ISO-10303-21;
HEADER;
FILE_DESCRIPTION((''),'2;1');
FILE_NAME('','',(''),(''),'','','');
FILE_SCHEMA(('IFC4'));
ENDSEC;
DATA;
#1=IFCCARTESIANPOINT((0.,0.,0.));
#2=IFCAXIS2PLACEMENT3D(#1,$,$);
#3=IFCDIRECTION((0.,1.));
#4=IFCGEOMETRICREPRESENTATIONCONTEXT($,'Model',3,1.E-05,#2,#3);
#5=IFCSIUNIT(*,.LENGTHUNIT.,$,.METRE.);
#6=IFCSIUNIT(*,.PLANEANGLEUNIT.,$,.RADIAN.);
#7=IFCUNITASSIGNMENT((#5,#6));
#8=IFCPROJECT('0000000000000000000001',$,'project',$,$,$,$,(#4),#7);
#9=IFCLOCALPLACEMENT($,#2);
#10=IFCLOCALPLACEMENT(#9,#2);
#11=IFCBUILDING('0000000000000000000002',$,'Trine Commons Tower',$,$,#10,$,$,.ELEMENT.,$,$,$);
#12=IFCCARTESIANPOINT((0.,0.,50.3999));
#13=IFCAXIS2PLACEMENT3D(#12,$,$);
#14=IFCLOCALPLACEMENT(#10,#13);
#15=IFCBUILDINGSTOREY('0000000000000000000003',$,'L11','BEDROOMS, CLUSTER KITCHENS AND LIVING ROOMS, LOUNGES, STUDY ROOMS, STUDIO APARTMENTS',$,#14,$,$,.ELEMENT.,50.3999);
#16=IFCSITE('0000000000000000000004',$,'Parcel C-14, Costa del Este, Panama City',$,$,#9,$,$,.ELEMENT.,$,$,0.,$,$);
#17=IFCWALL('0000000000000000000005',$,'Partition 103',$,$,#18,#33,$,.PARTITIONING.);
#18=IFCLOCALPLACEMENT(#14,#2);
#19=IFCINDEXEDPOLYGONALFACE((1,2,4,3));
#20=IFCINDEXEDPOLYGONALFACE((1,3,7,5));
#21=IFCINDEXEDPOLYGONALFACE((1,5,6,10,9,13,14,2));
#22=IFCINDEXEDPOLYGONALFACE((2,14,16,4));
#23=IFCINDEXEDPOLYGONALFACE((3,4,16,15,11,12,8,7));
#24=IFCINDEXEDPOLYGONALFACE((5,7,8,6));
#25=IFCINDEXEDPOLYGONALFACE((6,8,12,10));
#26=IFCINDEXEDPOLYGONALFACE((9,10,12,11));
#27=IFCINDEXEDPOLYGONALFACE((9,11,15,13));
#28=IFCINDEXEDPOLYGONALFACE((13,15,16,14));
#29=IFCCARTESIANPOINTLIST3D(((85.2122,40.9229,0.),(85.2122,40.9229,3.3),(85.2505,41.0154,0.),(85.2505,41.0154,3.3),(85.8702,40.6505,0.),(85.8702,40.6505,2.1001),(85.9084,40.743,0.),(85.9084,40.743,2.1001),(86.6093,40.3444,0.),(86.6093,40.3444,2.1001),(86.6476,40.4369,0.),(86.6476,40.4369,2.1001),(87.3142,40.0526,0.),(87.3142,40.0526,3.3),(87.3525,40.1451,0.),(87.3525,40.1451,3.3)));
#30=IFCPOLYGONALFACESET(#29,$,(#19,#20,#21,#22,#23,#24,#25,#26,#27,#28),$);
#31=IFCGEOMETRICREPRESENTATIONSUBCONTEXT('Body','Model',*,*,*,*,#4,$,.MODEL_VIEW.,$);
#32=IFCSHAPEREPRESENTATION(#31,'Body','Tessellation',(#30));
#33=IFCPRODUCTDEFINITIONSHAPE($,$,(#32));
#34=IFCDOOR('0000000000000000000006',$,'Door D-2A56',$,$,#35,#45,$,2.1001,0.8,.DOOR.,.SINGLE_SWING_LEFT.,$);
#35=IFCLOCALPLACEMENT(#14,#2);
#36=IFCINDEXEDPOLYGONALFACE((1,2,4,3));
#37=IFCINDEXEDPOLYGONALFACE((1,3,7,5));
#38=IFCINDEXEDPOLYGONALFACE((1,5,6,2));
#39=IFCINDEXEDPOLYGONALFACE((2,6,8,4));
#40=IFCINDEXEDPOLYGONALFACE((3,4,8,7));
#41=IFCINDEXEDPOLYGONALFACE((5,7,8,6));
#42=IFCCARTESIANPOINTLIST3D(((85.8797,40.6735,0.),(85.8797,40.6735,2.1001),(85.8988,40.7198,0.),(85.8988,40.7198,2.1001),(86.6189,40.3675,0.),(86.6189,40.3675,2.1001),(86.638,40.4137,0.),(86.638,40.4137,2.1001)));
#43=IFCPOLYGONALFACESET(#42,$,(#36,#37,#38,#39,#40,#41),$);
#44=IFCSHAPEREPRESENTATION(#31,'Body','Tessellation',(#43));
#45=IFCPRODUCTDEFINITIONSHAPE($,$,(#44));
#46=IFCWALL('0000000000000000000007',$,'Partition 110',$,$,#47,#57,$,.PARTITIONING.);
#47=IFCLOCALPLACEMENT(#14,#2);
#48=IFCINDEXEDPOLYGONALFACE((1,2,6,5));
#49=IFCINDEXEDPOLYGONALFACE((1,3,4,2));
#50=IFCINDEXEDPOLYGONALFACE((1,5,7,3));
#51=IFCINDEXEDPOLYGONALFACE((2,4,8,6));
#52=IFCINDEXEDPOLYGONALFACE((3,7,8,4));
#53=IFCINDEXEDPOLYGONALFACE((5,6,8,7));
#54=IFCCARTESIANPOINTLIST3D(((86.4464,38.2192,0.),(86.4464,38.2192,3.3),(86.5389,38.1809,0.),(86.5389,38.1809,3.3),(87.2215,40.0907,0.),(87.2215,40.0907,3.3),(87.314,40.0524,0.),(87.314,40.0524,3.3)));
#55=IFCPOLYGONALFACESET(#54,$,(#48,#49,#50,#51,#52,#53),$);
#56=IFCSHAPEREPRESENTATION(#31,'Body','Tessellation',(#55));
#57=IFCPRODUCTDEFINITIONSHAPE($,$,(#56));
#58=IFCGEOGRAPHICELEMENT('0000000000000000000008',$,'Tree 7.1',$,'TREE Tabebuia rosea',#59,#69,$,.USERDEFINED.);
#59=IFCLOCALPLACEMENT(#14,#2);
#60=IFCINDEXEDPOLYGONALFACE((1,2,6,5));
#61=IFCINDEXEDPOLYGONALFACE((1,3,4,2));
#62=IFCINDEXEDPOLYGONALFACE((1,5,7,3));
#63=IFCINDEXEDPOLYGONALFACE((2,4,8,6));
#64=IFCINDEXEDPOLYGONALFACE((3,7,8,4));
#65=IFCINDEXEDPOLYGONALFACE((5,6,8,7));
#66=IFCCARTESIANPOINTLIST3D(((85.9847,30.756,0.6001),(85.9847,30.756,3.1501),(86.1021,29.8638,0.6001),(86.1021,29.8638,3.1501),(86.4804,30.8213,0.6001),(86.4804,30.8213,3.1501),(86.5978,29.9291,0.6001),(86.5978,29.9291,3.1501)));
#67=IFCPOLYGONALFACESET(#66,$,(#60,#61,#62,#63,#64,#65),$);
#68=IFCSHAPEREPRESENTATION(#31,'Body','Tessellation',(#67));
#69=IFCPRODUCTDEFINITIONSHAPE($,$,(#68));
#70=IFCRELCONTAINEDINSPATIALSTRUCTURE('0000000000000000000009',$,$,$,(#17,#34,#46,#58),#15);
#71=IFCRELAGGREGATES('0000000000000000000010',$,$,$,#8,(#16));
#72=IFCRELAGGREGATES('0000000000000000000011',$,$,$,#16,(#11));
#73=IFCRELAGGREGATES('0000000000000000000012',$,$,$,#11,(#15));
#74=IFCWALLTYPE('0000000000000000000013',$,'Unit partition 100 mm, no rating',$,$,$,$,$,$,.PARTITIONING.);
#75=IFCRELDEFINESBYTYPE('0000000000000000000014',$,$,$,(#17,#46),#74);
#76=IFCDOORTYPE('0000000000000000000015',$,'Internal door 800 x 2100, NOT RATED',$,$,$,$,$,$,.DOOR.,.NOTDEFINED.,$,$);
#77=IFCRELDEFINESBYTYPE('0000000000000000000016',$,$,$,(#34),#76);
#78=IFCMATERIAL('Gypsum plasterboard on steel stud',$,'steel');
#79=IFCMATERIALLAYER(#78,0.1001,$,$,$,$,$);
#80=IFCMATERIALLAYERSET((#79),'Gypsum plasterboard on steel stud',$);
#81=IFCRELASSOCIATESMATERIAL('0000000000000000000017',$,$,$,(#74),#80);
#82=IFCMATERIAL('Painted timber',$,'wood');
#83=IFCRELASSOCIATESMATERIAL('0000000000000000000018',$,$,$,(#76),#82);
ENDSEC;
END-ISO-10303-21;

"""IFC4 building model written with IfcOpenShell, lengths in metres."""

from ifc_helpers import new_model, si_unit, direction, frame, frame_2d, origin, origin_2d, place, context, subcontext, project, spatial, rectangle, extrude, material, layer, layer_set, type_object, element, fill, save


model = new_model("IFC4")

# Units and contexts
model_context = context("Model", 3, precision=1e-05, world=origin(), true_north=direction((0.0, 1.0)))
body_context = subcontext(model_context, "Body", "Model", "MODEL_VIEW")
ifc_project = project(units=[si_unit("LENGTHUNIT", "METRE"), si_unit("PLANEANGLEUNIT", "RADIAN")], contexts=[model_context])

# Site, building, storey
site_placement = place(None, origin())
site = spatial("IfcSite", under=ifc_project, at=site_placement, Name="Parcel C-14, Costa del Este, Panama City", CompositionType="ELEMENT", RefElevation=0.0)
building_placement = place(site_placement, origin())
building = spatial("IfcBuilding", under=site, at=building_placement, Name="Trine Commons Tower", CompositionType="ELEMENT")
storey_placement = place(building_placement, frame((0.0, 0.0, 50.3999)))
storey = spatial("IfcBuildingStorey", under=building, at=storey_placement, Name="L11", Description="BEDROOMS, CLUSTER KITCHENS AND LIVING ROOMS, LOUNGES, STUDY ROOMS, STUDIO APARTMENTS", CompositionType="ELEMENT", Elevation=50.3999)

# Shared definitions
ifc_material_1 = material(Name="Gypsum plasterboard on steel stud", Category="steel")

# Wall, opening, door
ifc_layer_1 = layer(ifc_material_1, 0.1001)
ifc_layer_set_1 = layer_set([ifc_layer_1], Name="Gypsum plasterboard on steel stud")
wall_type_1 = type_object("IfcWallType", Name="Unit partition 100 mm, no rating", PredefinedType="PARTITIONING", material=ifc_layer_set_1)
wall_1_placement = place(storey_placement, frame((85.2312, 40.9692, 0.0), z_axis=(0.0, 0.0, 1.0), x_axis=(0.923932, -0.382557, 0.0)))
wall_1 = element("IfcWall", 1, at=wall_1_placement, inside=storey, type_object=wall_type_1, Name="Partition 103", PredefinedType="PARTITIONING", context=body_context, shape_type="SweptSolid", body=[
    extrude(rectangle(XDim=2.2751, YDim=0.1001, at=frame_2d((1.1377, 0.0))), origin(), (0.0, 0.0, 1.0), 3.3),
])
opening_1_placement = place(wall_1_placement, frame((0.7124, 0.0, 0.0)))
opening_1 = element("IfcOpeningElement", 2, at=opening_1_placement, cuts=wall_1, PredefinedType="OPENING", context=body_context, shape_type="SweptSolid", body=[
    extrude(rectangle(XDim=0.8, YDim=2.1001, at=frame_2d((0.3999, 1.05))), frame((0.0, 0.0601, 0.0), z_axis=(0.0, -1.0, 0.0), x_axis=(1.0, 0.0, 0.0)), (0.0, 0.0, 1.0), 0.1201),
])
ifc_material_2 = material(Name="Painted timber", Category="wood")
door_type_1 = type_object("IfcDoorType", Name="Internal door 800 x 2100, NOT RATED", OperationType="NOTDEFINED", PredefinedType="DOOR", material=ifc_material_2)
door_1_placement = place(opening_1_placement, origin())
door_1 = element("IfcDoor", 3, at=door_1_placement, inside=storey, type_object=door_type_1, Name="Door D-2A56", OperationType="SINGLE_SWING_LEFT", OverallHeight=2.1001, OverallWidth=0.8, PredefinedType="DOOR", context=body_context, shape_type="SweptSolid", body=[
    extrude(rectangle(XDim=0.8, YDim=2.1001, at=frame_2d((0.3999, 1.05))), frame((0.0, 0.0249, 0.0), z_axis=(0.0, -1.0, 0.0), x_axis=(1.0, 0.0, 0.0)), (0.0, 0.0, 1.0), 0.05),
])
fill(opening_1, door_1)

# Wall
wall_2_placement = place(storey_placement, frame((86.4927, 38.2002, 0.0), z_axis=(0.0, 0.0, 1.0), x_axis=(0.382646, 0.923895, 0.0)))
element("IfcWall", 4, at=wall_2_placement, inside=storey, type_object=wall_type_1, Name="Partition 110", PredefinedType="PARTITIONING", context=body_context, shape_type="SweptSolid", body=[
    extrude(rectangle(XDim=2.0256, YDim=0.1001, at=frame_2d((1.0127, 0.0))), origin(), (0.0, 0.0, 1.0), 3.3),
])

# Geographic element
geographic_element_placement = place(storey_placement, frame((86.2913, 30.3425, 0.6001), z_axis=(0.0, 0.0, 1.0), x_axis=(-0.130518, 0.991446, 0.0)))
element("IfcGeographicElement", 5, at=geographic_element_placement, inside=storey, Name="Tree 7.1", ObjectType="TREE Tabebuia rosea", PredefinedType="USERDEFINED", context=body_context, shape_type="SweptSolid", body=[
    extrude(rectangle(XDim=0.8999, YDim=0.5, at=origin_2d()), origin(), (0.0, 0.0, 1.0), 2.55),
])

save(model, "model.ifc")
